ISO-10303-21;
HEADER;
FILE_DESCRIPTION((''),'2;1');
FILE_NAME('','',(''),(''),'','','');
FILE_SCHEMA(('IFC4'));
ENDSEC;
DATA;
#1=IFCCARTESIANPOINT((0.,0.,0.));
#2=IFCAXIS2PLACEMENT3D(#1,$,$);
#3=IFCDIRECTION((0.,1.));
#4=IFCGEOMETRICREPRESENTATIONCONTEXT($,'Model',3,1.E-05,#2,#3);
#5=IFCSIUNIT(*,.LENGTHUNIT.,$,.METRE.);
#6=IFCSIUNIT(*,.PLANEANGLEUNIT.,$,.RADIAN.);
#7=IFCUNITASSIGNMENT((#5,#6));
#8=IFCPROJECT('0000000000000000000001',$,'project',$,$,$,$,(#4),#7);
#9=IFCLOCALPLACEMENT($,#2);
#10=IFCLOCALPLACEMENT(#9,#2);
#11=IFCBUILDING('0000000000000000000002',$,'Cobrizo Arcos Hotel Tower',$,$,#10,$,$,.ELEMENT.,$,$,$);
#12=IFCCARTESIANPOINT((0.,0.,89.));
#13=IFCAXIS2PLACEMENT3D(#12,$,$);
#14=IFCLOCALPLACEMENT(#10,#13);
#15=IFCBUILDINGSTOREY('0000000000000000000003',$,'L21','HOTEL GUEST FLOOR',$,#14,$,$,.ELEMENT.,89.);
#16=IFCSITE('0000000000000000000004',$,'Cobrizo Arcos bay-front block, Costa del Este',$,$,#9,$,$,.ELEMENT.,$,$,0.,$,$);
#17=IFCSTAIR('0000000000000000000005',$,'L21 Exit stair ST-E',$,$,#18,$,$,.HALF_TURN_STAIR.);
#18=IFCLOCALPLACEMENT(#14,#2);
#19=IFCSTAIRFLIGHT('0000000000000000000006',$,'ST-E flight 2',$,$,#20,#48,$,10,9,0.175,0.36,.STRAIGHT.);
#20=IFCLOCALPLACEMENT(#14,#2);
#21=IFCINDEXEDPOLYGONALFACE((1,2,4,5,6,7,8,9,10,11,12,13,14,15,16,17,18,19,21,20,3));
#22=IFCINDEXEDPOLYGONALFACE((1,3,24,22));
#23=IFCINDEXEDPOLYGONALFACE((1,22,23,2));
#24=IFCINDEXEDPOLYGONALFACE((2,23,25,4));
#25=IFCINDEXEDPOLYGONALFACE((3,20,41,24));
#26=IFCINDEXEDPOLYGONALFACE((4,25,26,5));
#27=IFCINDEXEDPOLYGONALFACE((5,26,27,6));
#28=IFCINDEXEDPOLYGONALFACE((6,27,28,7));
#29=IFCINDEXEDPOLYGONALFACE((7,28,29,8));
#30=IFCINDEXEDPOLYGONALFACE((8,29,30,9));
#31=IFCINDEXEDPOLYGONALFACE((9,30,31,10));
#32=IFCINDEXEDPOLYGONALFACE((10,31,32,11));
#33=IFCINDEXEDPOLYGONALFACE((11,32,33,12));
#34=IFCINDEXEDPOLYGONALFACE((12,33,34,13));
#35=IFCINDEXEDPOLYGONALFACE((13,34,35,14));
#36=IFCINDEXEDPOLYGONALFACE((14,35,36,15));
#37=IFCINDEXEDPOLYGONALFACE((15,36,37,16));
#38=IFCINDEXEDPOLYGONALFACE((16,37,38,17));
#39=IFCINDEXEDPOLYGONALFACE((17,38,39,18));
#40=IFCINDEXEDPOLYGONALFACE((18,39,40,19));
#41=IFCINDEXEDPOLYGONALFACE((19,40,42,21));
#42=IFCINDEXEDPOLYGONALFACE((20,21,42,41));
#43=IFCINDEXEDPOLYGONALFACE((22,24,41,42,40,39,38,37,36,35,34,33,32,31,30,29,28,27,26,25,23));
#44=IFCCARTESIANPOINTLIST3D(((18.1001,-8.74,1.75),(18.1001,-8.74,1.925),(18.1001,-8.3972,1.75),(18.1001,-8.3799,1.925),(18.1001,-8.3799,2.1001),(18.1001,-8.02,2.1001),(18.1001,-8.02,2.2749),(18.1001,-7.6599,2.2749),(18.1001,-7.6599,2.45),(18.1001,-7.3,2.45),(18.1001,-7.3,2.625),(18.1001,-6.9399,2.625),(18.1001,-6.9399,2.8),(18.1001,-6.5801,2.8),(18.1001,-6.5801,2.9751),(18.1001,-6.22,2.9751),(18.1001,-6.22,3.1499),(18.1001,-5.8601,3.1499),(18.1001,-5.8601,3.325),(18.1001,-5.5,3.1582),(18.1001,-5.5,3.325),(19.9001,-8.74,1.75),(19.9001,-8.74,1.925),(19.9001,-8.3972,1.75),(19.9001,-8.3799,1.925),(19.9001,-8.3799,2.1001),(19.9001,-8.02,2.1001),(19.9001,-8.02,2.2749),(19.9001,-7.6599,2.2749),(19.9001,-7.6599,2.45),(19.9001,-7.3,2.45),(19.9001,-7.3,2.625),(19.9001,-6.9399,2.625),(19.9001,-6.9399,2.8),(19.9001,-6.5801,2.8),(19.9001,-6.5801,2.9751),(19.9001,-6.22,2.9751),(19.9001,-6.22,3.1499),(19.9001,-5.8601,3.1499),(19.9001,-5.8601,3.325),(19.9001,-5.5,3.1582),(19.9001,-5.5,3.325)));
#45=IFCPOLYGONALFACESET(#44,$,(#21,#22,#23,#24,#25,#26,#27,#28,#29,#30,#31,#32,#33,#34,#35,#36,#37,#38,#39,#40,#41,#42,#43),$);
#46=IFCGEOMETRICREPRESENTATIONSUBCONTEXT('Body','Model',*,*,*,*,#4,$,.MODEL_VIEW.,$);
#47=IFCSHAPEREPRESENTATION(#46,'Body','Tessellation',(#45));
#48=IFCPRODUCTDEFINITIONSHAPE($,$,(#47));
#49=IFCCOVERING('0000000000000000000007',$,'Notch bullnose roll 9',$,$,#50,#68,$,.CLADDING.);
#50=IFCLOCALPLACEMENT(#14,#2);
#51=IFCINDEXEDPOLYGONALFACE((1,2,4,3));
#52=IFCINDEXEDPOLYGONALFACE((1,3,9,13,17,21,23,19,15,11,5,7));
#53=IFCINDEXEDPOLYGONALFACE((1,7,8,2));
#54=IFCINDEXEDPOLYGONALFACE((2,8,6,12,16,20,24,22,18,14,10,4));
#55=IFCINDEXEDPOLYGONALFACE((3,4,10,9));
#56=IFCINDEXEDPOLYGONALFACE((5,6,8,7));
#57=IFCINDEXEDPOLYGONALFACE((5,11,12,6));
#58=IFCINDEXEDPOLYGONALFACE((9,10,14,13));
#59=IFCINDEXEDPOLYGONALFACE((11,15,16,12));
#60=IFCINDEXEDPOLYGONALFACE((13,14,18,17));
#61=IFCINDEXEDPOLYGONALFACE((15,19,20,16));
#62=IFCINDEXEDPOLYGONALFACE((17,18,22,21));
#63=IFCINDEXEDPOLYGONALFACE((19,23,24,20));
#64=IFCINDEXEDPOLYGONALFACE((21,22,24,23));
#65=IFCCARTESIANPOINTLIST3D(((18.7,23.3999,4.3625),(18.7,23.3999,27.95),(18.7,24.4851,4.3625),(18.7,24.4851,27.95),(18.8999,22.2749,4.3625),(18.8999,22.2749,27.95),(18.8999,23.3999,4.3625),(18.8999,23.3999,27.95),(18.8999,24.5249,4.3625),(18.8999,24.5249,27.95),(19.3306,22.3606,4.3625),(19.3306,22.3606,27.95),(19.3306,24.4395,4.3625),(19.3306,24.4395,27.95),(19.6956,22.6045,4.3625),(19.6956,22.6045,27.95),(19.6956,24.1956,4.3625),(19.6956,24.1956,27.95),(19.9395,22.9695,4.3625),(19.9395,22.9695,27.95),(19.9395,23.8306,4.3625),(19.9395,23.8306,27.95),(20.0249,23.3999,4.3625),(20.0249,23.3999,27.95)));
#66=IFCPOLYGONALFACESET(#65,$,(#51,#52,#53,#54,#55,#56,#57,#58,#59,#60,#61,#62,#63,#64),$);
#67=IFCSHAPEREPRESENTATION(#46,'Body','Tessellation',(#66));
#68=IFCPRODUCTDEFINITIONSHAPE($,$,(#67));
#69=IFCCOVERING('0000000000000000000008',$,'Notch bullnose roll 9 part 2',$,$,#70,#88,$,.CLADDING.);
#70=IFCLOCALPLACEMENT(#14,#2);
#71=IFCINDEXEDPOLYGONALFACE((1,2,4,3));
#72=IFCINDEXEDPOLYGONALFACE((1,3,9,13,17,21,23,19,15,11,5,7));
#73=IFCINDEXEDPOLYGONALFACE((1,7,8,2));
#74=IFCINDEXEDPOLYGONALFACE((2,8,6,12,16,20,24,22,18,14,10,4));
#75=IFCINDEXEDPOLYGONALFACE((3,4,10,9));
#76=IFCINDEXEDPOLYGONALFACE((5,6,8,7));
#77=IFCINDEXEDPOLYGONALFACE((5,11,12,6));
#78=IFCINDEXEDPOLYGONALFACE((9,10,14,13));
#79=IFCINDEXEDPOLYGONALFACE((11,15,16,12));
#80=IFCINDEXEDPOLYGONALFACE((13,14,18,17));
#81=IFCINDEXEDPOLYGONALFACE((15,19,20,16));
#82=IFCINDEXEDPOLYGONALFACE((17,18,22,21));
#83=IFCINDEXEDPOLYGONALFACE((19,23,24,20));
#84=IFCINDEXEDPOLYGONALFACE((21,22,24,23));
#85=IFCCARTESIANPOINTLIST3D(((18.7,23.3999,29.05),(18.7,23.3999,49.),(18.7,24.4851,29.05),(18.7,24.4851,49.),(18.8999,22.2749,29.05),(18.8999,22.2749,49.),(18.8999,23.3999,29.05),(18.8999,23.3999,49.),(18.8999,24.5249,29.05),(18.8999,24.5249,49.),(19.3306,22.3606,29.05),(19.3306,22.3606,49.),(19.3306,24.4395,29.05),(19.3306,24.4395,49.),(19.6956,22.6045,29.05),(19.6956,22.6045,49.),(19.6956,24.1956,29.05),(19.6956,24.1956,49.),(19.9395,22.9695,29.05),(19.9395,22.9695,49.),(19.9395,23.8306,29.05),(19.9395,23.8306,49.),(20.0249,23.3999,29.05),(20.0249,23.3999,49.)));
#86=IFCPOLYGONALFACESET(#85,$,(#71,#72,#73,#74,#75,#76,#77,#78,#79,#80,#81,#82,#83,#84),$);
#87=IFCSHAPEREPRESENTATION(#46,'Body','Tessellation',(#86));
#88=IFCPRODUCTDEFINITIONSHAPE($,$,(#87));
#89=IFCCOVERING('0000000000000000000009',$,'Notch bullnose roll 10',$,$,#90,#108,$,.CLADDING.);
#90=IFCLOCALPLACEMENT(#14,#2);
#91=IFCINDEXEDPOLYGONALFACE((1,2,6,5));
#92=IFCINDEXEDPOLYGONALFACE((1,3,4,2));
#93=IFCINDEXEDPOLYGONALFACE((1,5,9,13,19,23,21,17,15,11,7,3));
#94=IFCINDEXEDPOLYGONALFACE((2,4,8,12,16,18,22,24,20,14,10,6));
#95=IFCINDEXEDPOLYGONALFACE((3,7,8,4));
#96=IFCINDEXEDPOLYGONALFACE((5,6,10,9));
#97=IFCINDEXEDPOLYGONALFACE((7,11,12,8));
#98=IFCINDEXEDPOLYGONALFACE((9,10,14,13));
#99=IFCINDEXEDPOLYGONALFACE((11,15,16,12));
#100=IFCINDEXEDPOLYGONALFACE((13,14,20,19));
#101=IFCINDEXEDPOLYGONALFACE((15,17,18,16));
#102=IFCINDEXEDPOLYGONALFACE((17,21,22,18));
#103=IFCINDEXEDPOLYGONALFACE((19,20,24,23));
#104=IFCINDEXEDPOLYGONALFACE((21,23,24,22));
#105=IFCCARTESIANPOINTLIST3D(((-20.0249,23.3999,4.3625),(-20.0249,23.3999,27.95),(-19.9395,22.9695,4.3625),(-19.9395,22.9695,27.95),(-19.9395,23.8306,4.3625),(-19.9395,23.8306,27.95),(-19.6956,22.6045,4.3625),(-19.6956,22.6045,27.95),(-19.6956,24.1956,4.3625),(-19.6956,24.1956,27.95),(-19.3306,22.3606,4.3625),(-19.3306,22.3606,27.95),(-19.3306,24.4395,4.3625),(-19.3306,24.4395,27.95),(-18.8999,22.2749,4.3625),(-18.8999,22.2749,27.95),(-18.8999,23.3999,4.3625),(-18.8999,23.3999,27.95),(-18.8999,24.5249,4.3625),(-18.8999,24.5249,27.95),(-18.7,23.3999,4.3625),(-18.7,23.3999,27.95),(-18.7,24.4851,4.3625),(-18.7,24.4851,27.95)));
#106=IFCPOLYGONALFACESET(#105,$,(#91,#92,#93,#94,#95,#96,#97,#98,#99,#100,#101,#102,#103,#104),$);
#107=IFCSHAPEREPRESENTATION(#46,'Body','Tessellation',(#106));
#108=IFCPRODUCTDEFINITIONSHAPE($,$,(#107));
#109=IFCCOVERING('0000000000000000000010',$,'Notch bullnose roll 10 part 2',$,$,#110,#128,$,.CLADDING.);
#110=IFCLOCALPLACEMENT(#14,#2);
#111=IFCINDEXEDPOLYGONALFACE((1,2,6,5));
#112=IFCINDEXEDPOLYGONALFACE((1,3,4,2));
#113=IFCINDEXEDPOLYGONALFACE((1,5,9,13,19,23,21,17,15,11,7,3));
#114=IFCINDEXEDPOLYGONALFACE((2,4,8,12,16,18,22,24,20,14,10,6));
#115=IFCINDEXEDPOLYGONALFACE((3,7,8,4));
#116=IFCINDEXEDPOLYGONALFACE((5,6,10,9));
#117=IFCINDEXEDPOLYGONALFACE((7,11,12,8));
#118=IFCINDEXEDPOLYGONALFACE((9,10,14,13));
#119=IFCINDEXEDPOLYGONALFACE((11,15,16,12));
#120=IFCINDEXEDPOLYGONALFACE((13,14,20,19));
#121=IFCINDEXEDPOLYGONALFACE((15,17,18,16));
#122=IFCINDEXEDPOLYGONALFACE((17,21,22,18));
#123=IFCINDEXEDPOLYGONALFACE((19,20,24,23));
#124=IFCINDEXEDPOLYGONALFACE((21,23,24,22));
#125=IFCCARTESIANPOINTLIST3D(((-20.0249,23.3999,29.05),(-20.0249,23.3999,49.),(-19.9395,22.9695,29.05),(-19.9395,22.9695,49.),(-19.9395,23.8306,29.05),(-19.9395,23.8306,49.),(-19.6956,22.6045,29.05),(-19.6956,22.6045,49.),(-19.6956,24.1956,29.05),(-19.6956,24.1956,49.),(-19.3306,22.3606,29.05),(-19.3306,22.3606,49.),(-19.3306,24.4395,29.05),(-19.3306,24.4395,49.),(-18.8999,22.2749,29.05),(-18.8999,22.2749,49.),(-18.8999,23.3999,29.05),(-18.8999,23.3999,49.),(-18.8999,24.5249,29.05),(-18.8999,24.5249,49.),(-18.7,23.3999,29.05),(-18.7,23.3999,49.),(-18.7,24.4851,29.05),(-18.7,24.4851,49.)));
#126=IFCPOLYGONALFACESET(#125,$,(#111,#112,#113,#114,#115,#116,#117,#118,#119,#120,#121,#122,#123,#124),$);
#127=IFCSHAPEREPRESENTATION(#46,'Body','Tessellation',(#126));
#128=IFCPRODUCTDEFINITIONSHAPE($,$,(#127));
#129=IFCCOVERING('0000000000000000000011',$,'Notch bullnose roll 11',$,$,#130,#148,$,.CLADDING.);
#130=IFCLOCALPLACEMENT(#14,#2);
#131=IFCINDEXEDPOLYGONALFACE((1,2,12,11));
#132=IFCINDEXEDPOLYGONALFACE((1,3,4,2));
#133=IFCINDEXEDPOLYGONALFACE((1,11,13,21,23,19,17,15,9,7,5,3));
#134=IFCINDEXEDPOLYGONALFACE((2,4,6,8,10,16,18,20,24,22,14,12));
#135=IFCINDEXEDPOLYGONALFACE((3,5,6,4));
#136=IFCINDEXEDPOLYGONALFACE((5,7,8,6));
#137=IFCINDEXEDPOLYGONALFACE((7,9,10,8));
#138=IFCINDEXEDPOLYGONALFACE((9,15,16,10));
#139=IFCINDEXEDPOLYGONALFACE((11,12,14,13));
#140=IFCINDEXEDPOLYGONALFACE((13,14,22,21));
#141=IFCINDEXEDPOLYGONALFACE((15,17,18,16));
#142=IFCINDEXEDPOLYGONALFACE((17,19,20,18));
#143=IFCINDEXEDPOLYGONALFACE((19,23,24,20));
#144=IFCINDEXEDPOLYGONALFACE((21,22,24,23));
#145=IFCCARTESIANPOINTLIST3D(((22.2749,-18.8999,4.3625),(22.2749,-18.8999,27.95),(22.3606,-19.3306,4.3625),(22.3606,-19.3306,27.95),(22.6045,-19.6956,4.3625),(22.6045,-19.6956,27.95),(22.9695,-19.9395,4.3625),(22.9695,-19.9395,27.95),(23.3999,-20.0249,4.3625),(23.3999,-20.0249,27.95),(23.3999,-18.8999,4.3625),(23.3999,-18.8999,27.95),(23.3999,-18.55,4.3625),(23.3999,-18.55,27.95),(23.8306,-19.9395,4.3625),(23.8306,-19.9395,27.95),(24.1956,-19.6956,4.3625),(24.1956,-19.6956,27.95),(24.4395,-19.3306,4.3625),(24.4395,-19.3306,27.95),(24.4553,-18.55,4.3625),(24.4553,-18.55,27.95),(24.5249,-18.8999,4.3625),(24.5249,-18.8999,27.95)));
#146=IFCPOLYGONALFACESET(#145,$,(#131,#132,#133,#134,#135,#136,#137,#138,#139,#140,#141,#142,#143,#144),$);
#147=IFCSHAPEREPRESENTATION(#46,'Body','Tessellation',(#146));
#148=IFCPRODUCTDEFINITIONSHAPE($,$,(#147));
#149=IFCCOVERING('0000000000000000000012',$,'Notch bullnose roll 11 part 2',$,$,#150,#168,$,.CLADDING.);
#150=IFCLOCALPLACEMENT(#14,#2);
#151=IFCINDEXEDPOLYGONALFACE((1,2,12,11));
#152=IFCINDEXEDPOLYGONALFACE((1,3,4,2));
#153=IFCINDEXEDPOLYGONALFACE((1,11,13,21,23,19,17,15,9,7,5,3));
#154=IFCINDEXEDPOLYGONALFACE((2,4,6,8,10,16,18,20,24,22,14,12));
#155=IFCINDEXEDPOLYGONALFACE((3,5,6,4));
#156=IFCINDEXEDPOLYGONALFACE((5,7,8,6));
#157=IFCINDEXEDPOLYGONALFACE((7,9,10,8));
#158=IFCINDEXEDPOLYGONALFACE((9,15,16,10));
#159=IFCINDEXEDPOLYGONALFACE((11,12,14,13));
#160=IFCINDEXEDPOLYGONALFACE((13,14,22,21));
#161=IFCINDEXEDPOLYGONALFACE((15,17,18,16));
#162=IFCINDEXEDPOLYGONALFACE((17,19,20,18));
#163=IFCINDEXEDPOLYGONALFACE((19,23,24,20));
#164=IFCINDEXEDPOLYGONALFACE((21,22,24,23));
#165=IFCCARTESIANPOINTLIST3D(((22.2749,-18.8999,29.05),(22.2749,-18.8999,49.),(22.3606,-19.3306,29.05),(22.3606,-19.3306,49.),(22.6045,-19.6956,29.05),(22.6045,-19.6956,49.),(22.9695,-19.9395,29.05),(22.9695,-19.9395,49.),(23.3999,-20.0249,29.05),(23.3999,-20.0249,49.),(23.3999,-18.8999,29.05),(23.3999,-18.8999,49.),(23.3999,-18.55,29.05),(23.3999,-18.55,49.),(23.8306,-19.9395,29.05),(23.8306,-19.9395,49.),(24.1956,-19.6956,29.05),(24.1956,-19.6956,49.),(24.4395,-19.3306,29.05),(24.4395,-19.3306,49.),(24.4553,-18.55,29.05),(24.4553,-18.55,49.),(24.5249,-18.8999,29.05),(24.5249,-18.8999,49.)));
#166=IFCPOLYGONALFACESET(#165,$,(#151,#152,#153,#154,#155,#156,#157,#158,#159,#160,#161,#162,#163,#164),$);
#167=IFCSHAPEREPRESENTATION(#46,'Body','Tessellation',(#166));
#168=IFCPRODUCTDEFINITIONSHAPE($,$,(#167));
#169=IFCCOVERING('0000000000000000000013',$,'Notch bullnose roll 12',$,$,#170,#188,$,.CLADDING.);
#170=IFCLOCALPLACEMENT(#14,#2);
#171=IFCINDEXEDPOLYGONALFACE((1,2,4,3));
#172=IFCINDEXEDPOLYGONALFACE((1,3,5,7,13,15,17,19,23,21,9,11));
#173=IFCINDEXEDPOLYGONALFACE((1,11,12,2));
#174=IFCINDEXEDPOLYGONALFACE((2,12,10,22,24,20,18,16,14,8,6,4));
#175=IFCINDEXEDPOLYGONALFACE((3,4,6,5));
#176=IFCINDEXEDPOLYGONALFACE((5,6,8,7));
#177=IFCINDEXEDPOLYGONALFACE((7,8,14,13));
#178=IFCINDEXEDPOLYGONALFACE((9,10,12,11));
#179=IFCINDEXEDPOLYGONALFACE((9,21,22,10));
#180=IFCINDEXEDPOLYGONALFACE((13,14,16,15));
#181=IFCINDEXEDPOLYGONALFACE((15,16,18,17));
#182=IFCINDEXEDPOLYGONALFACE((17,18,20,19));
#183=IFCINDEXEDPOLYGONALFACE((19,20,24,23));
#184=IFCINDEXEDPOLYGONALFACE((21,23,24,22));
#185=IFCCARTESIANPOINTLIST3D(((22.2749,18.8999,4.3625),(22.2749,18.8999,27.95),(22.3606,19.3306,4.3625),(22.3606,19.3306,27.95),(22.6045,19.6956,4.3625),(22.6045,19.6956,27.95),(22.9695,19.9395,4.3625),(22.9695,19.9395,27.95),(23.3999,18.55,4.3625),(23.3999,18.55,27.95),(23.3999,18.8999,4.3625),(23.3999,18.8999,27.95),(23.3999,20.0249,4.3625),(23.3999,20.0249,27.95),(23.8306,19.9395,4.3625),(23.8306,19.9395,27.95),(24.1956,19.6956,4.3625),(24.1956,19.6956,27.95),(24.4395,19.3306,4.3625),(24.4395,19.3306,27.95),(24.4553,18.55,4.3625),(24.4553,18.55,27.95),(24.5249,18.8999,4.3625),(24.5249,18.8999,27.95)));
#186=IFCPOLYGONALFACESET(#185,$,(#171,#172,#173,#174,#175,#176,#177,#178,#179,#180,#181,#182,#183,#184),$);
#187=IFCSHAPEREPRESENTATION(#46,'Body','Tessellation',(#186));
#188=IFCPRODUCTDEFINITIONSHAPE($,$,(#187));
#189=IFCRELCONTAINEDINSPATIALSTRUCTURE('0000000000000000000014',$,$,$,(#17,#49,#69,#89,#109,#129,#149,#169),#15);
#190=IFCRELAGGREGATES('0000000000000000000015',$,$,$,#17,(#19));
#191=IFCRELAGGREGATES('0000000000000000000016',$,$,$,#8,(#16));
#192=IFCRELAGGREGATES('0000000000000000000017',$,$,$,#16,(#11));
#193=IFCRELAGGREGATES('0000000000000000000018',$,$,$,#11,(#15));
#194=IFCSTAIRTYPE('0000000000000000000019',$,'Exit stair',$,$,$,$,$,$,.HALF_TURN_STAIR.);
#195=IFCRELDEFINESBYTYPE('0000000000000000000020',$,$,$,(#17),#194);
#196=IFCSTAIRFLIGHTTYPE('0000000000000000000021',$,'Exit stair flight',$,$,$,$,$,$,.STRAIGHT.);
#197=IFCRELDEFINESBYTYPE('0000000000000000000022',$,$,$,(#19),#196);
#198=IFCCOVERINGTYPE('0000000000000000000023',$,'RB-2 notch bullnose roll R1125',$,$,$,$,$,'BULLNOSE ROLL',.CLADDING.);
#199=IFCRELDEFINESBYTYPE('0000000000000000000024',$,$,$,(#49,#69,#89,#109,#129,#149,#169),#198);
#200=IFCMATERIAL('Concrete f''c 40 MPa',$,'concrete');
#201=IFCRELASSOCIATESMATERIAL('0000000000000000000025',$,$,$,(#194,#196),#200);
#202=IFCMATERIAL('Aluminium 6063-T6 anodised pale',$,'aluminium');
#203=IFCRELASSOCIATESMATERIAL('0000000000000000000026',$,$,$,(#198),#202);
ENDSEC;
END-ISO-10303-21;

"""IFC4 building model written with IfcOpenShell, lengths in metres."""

from ifc_helpers import new_model, si_unit, direction, frame, origin, place, context, subcontext, project, spatial, polyline, outline, extrude, material, type_object, element, aggregate, save


model = new_model("IFC4")

# Units and contexts
model_context = context("Model", 3, precision=1e-05, world=origin(), true_north=direction((0.0, 1.0)))
body_context = subcontext(model_context, "Body", "Model", "MODEL_VIEW")
ifc_project = project(units=[si_unit("LENGTHUNIT", "METRE"), si_unit("PLANEANGLEUNIT", "RADIAN")], contexts=[model_context])

# Site, building, storey
site_placement = place(None, origin())
site = spatial("IfcSite", under=ifc_project, at=site_placement, Name="Cobrizo Arcos bay-front block, Costa del Este", CompositionType="ELEMENT", RefElevation=0.0)
building_placement = place(site_placement, origin())
building = spatial("IfcBuilding", under=site, at=building_placement, Name="Cobrizo Arcos Hotel Tower", CompositionType="ELEMENT")
storey_placement = place(building_placement, frame((0.0, 0.0, 89.0)))
storey = spatial("IfcBuildingStorey", under=building, at=storey_placement, Name="L21", Description="HOTEL GUEST FLOOR", CompositionType="ELEMENT", Elevation=89.0)

# Stair, stair flight
ifc_material_1 = material(Name="Concrete f'c 40 MPa", Category="concrete")
stair_type = type_object("IfcStairType", Name="Exit stair", PredefinedType="HALF_TURN_STAIR", material=ifc_material_1)
stair_placement = place(storey_placement, origin())
stair = element("IfcStair", 1, at=stair_placement, inside=storey, type_object=stair_type, Name="L21 Exit stair ST-E", PredefinedType="HALF_TURN_STAIR")
stair_flight_type = type_object("IfcStairFlightType", Name="Exit stair flight", PredefinedType="STRAIGHT", material=ifc_material_1)
stair_flight_placement = place(storey_placement, frame((19.0, -8.74, 1.75), z_axis=(0.0, 0.0, 1.0), x_axis=(0.0, 1.0, 0.0)))
stair_flight = element("IfcStairFlight", 2, at=stair_flight_placement, type_object=stair_flight_type, Name="ST-E flight 2", NumberOfRisers=10, NumberOfTreads=9, PredefinedType="STRAIGHT", RiserHeight=0.175, TreadLength=0.36, context=body_context, shape_type="SweptSolid", body=[
    extrude(outline(polyline([(0.0, 0.0), (0.0, 0.175), (0.3601, 0.175), (0.3601, 0.3501), (0.72, 0.3501), (0.72, 0.5249), (1.0801, 0.5249), (1.0801, 0.7), (1.4399, 0.7), (1.4399, 0.875), (1.8, 0.875), (1.8, 1.05), (2.1599, 1.05), (2.1599, 1.2251), (2.52, 1.2251), (2.52, 1.3999), (2.8799, 1.3999), (2.8799, 1.575), (3.24, 1.575), (3.24, 1.75), (3.24, 1.4082), (0.3428, 0.0), (0.0, 0.0)])), frame((0.0, 0.8999, 0.0), z_axis=(0.0, -1.0, 0.0), x_axis=(1.0, 0.0, 0.0)), (0.0, 0.0, 1.0), 1.8),
])
aggregate(stair, [stair_flight])

# Coverings
ifc_material_2 = material(Name="Aluminium 6063-T6 anodised pale", Category="aluminium")
covering_type = type_object("IfcCoveringType", Name="RB-2 notch bullnose roll R1125", ElementType="BULLNOSE ROLL", PredefinedType="CLADDING", material=ifc_material_2)
covering_1_placement = place(storey_placement, frame((0.0, 0.0, 4.3625)))
element("IfcCovering", 3, at=covering_1_placement, inside=storey, type_object=covering_type, Name="Notch bullnose roll 9", PredefinedType="CLADDING", context=body_context, shape_type="SweptSolid", body=[
    extrude(outline(polyline([(19.6956, 22.6045), (19.9395, 22.9695), (20.0249, 23.3999), (19.9395, 23.8306), (19.6956, 24.1956), (19.3306, 24.4395), (18.8999, 24.5249), (18.7, 24.4851), (18.7, 23.3999), (18.8999, 23.3999), (18.8999, 22.2749), (19.3306, 22.3606), (19.6956, 22.6045)])), origin(), (0.0, 0.0, 1.0), 23.5874),
])
covering_2_placement = place(storey_placement, frame((0.0, 0.0, 29.05)))
element("IfcCovering", 4, at=covering_2_placement, inside=storey, type_object=covering_type, Name="Notch bullnose roll 9 part 2", PredefinedType="CLADDING", context=body_context, shape_type="SweptSolid", body=[
    extrude(outline(polyline([(19.6956, 22.6045), (19.9395, 22.9695), (20.0249, 23.3999), (19.9395, 23.8306), (19.6956, 24.1956), (19.3306, 24.4395), (18.8999, 24.5249), (18.7, 24.4851), (18.7, 23.3999), (18.8999, 23.3999), (18.8999, 22.2749), (19.3306, 22.3606), (19.6956, 22.6045)])), origin(), (0.0, 0.0, 1.0), 19.95),
])
covering_3_placement = place(storey_placement, frame((0.0, 0.0, 4.3625)))
element("IfcCovering", 5, at=covering_3_placement, inside=storey, type_object=covering_type, Name="Notch bullnose roll 10", PredefinedType="CLADDING", context=body_context, shape_type="SweptSolid", body=[
    extrude(outline(polyline([(-19.6956, 22.6045), (-19.3306, 22.3606), (-18.8999, 22.2749), (-18.8999, 23.3999), (-18.7, 23.3999), (-18.7, 24.4851), (-18.8999, 24.5249), (-19.3306, 24.4395), (-19.6956, 24.1956), (-19.9395, 23.8306), (-20.0249, 23.3999), (-19.9395, 22.9695), (-19.6956, 22.6045)])), origin(), (0.0, 0.0, 1.0), 23.5874),
])
covering_4_placement = place(storey_placement, frame((0.0, 0.0, 29.05)))
element("IfcCovering", 6, at=covering_4_placement, inside=storey, type_object=covering_type, Name="Notch bullnose roll 10 part 2", PredefinedType="CLADDING", context=body_context, shape_type="SweptSolid", body=[
    extrude(outline(polyline([(-19.6956, 22.6045), (-19.3306, 22.3606), (-18.8999, 22.2749), (-18.8999, 23.3999), (-18.7, 23.3999), (-18.7, 24.4851), (-18.8999, 24.5249), (-19.3306, 24.4395), (-19.6956, 24.1956), (-19.9395, 23.8306), (-20.0249, 23.3999), (-19.9395, 22.9695), (-19.6956, 22.6045)])), origin(), (0.0, 0.0, 1.0), 19.95),
])
covering_5_placement = place(storey_placement, frame((0.0, 0.0, 4.3625)))
element("IfcCovering", 7, at=covering_5_placement, inside=storey, type_object=covering_type, Name="Notch bullnose roll 11", PredefinedType="CLADDING", context=body_context, shape_type="SweptSolid", body=[
    extrude(outline(polyline([(22.6045, -19.6956), (22.9695, -19.9395), (23.3999, -20.0249), (23.8306, -19.9395), (24.1956, -19.6956), (24.4395, -19.3306), (24.5249, -18.8999), (24.4553, -18.55), (23.3999, -18.55), (23.3999, -18.8999), (22.2749, -18.8999), (22.3606, -19.3306), (22.6045, -19.6956)])), origin(), (0.0, 0.0, 1.0), 23.5874),
])
covering_6_placement = place(storey_placement, frame((0.0, 0.0, 29.05)))
element("IfcCovering", 8, at=covering_6_placement, inside=storey, type_object=covering_type, Name="Notch bullnose roll 11 part 2", PredefinedType="CLADDING", context=body_context, shape_type="SweptSolid", body=[
    extrude(outline(polyline([(22.6045, -19.6956), (22.9695, -19.9395), (23.3999, -20.0249), (23.8306, -19.9395), (24.1956, -19.6956), (24.4395, -19.3306), (24.5249, -18.8999), (24.4553, -18.55), (23.3999, -18.55), (23.3999, -18.8999), (22.2749, -18.8999), (22.3606, -19.3306), (22.6045, -19.6956)])), origin(), (0.0, 0.0, 1.0), 19.95),
])
covering_7_placement = place(storey_placement, frame((0.0, 0.0, 4.3625)))
element("IfcCovering", 9, at=covering_7_placement, inside=storey, type_object=covering_type, Name="Notch bullnose roll 12", PredefinedType="CLADDING", context=body_context, shape_type="SweptSolid", body=[
    extrude(outline(polyline([(22.6045, 19.6956), (22.3606, 19.3306), (22.2749, 18.8999), (23.3999, 18.8999), (23.3999, 18.55), (24.4553, 18.55), (24.5249, 18.8999), (24.4395, 19.3306), (24.1956, 19.6956), (23.8306, 19.9395), (23.3999, 20.0249), (22.9695, 19.9395), (22.6045, 19.6956)])), origin(), (0.0, 0.0, 1.0), 23.5874),
])

save(model, "model.ifc")
